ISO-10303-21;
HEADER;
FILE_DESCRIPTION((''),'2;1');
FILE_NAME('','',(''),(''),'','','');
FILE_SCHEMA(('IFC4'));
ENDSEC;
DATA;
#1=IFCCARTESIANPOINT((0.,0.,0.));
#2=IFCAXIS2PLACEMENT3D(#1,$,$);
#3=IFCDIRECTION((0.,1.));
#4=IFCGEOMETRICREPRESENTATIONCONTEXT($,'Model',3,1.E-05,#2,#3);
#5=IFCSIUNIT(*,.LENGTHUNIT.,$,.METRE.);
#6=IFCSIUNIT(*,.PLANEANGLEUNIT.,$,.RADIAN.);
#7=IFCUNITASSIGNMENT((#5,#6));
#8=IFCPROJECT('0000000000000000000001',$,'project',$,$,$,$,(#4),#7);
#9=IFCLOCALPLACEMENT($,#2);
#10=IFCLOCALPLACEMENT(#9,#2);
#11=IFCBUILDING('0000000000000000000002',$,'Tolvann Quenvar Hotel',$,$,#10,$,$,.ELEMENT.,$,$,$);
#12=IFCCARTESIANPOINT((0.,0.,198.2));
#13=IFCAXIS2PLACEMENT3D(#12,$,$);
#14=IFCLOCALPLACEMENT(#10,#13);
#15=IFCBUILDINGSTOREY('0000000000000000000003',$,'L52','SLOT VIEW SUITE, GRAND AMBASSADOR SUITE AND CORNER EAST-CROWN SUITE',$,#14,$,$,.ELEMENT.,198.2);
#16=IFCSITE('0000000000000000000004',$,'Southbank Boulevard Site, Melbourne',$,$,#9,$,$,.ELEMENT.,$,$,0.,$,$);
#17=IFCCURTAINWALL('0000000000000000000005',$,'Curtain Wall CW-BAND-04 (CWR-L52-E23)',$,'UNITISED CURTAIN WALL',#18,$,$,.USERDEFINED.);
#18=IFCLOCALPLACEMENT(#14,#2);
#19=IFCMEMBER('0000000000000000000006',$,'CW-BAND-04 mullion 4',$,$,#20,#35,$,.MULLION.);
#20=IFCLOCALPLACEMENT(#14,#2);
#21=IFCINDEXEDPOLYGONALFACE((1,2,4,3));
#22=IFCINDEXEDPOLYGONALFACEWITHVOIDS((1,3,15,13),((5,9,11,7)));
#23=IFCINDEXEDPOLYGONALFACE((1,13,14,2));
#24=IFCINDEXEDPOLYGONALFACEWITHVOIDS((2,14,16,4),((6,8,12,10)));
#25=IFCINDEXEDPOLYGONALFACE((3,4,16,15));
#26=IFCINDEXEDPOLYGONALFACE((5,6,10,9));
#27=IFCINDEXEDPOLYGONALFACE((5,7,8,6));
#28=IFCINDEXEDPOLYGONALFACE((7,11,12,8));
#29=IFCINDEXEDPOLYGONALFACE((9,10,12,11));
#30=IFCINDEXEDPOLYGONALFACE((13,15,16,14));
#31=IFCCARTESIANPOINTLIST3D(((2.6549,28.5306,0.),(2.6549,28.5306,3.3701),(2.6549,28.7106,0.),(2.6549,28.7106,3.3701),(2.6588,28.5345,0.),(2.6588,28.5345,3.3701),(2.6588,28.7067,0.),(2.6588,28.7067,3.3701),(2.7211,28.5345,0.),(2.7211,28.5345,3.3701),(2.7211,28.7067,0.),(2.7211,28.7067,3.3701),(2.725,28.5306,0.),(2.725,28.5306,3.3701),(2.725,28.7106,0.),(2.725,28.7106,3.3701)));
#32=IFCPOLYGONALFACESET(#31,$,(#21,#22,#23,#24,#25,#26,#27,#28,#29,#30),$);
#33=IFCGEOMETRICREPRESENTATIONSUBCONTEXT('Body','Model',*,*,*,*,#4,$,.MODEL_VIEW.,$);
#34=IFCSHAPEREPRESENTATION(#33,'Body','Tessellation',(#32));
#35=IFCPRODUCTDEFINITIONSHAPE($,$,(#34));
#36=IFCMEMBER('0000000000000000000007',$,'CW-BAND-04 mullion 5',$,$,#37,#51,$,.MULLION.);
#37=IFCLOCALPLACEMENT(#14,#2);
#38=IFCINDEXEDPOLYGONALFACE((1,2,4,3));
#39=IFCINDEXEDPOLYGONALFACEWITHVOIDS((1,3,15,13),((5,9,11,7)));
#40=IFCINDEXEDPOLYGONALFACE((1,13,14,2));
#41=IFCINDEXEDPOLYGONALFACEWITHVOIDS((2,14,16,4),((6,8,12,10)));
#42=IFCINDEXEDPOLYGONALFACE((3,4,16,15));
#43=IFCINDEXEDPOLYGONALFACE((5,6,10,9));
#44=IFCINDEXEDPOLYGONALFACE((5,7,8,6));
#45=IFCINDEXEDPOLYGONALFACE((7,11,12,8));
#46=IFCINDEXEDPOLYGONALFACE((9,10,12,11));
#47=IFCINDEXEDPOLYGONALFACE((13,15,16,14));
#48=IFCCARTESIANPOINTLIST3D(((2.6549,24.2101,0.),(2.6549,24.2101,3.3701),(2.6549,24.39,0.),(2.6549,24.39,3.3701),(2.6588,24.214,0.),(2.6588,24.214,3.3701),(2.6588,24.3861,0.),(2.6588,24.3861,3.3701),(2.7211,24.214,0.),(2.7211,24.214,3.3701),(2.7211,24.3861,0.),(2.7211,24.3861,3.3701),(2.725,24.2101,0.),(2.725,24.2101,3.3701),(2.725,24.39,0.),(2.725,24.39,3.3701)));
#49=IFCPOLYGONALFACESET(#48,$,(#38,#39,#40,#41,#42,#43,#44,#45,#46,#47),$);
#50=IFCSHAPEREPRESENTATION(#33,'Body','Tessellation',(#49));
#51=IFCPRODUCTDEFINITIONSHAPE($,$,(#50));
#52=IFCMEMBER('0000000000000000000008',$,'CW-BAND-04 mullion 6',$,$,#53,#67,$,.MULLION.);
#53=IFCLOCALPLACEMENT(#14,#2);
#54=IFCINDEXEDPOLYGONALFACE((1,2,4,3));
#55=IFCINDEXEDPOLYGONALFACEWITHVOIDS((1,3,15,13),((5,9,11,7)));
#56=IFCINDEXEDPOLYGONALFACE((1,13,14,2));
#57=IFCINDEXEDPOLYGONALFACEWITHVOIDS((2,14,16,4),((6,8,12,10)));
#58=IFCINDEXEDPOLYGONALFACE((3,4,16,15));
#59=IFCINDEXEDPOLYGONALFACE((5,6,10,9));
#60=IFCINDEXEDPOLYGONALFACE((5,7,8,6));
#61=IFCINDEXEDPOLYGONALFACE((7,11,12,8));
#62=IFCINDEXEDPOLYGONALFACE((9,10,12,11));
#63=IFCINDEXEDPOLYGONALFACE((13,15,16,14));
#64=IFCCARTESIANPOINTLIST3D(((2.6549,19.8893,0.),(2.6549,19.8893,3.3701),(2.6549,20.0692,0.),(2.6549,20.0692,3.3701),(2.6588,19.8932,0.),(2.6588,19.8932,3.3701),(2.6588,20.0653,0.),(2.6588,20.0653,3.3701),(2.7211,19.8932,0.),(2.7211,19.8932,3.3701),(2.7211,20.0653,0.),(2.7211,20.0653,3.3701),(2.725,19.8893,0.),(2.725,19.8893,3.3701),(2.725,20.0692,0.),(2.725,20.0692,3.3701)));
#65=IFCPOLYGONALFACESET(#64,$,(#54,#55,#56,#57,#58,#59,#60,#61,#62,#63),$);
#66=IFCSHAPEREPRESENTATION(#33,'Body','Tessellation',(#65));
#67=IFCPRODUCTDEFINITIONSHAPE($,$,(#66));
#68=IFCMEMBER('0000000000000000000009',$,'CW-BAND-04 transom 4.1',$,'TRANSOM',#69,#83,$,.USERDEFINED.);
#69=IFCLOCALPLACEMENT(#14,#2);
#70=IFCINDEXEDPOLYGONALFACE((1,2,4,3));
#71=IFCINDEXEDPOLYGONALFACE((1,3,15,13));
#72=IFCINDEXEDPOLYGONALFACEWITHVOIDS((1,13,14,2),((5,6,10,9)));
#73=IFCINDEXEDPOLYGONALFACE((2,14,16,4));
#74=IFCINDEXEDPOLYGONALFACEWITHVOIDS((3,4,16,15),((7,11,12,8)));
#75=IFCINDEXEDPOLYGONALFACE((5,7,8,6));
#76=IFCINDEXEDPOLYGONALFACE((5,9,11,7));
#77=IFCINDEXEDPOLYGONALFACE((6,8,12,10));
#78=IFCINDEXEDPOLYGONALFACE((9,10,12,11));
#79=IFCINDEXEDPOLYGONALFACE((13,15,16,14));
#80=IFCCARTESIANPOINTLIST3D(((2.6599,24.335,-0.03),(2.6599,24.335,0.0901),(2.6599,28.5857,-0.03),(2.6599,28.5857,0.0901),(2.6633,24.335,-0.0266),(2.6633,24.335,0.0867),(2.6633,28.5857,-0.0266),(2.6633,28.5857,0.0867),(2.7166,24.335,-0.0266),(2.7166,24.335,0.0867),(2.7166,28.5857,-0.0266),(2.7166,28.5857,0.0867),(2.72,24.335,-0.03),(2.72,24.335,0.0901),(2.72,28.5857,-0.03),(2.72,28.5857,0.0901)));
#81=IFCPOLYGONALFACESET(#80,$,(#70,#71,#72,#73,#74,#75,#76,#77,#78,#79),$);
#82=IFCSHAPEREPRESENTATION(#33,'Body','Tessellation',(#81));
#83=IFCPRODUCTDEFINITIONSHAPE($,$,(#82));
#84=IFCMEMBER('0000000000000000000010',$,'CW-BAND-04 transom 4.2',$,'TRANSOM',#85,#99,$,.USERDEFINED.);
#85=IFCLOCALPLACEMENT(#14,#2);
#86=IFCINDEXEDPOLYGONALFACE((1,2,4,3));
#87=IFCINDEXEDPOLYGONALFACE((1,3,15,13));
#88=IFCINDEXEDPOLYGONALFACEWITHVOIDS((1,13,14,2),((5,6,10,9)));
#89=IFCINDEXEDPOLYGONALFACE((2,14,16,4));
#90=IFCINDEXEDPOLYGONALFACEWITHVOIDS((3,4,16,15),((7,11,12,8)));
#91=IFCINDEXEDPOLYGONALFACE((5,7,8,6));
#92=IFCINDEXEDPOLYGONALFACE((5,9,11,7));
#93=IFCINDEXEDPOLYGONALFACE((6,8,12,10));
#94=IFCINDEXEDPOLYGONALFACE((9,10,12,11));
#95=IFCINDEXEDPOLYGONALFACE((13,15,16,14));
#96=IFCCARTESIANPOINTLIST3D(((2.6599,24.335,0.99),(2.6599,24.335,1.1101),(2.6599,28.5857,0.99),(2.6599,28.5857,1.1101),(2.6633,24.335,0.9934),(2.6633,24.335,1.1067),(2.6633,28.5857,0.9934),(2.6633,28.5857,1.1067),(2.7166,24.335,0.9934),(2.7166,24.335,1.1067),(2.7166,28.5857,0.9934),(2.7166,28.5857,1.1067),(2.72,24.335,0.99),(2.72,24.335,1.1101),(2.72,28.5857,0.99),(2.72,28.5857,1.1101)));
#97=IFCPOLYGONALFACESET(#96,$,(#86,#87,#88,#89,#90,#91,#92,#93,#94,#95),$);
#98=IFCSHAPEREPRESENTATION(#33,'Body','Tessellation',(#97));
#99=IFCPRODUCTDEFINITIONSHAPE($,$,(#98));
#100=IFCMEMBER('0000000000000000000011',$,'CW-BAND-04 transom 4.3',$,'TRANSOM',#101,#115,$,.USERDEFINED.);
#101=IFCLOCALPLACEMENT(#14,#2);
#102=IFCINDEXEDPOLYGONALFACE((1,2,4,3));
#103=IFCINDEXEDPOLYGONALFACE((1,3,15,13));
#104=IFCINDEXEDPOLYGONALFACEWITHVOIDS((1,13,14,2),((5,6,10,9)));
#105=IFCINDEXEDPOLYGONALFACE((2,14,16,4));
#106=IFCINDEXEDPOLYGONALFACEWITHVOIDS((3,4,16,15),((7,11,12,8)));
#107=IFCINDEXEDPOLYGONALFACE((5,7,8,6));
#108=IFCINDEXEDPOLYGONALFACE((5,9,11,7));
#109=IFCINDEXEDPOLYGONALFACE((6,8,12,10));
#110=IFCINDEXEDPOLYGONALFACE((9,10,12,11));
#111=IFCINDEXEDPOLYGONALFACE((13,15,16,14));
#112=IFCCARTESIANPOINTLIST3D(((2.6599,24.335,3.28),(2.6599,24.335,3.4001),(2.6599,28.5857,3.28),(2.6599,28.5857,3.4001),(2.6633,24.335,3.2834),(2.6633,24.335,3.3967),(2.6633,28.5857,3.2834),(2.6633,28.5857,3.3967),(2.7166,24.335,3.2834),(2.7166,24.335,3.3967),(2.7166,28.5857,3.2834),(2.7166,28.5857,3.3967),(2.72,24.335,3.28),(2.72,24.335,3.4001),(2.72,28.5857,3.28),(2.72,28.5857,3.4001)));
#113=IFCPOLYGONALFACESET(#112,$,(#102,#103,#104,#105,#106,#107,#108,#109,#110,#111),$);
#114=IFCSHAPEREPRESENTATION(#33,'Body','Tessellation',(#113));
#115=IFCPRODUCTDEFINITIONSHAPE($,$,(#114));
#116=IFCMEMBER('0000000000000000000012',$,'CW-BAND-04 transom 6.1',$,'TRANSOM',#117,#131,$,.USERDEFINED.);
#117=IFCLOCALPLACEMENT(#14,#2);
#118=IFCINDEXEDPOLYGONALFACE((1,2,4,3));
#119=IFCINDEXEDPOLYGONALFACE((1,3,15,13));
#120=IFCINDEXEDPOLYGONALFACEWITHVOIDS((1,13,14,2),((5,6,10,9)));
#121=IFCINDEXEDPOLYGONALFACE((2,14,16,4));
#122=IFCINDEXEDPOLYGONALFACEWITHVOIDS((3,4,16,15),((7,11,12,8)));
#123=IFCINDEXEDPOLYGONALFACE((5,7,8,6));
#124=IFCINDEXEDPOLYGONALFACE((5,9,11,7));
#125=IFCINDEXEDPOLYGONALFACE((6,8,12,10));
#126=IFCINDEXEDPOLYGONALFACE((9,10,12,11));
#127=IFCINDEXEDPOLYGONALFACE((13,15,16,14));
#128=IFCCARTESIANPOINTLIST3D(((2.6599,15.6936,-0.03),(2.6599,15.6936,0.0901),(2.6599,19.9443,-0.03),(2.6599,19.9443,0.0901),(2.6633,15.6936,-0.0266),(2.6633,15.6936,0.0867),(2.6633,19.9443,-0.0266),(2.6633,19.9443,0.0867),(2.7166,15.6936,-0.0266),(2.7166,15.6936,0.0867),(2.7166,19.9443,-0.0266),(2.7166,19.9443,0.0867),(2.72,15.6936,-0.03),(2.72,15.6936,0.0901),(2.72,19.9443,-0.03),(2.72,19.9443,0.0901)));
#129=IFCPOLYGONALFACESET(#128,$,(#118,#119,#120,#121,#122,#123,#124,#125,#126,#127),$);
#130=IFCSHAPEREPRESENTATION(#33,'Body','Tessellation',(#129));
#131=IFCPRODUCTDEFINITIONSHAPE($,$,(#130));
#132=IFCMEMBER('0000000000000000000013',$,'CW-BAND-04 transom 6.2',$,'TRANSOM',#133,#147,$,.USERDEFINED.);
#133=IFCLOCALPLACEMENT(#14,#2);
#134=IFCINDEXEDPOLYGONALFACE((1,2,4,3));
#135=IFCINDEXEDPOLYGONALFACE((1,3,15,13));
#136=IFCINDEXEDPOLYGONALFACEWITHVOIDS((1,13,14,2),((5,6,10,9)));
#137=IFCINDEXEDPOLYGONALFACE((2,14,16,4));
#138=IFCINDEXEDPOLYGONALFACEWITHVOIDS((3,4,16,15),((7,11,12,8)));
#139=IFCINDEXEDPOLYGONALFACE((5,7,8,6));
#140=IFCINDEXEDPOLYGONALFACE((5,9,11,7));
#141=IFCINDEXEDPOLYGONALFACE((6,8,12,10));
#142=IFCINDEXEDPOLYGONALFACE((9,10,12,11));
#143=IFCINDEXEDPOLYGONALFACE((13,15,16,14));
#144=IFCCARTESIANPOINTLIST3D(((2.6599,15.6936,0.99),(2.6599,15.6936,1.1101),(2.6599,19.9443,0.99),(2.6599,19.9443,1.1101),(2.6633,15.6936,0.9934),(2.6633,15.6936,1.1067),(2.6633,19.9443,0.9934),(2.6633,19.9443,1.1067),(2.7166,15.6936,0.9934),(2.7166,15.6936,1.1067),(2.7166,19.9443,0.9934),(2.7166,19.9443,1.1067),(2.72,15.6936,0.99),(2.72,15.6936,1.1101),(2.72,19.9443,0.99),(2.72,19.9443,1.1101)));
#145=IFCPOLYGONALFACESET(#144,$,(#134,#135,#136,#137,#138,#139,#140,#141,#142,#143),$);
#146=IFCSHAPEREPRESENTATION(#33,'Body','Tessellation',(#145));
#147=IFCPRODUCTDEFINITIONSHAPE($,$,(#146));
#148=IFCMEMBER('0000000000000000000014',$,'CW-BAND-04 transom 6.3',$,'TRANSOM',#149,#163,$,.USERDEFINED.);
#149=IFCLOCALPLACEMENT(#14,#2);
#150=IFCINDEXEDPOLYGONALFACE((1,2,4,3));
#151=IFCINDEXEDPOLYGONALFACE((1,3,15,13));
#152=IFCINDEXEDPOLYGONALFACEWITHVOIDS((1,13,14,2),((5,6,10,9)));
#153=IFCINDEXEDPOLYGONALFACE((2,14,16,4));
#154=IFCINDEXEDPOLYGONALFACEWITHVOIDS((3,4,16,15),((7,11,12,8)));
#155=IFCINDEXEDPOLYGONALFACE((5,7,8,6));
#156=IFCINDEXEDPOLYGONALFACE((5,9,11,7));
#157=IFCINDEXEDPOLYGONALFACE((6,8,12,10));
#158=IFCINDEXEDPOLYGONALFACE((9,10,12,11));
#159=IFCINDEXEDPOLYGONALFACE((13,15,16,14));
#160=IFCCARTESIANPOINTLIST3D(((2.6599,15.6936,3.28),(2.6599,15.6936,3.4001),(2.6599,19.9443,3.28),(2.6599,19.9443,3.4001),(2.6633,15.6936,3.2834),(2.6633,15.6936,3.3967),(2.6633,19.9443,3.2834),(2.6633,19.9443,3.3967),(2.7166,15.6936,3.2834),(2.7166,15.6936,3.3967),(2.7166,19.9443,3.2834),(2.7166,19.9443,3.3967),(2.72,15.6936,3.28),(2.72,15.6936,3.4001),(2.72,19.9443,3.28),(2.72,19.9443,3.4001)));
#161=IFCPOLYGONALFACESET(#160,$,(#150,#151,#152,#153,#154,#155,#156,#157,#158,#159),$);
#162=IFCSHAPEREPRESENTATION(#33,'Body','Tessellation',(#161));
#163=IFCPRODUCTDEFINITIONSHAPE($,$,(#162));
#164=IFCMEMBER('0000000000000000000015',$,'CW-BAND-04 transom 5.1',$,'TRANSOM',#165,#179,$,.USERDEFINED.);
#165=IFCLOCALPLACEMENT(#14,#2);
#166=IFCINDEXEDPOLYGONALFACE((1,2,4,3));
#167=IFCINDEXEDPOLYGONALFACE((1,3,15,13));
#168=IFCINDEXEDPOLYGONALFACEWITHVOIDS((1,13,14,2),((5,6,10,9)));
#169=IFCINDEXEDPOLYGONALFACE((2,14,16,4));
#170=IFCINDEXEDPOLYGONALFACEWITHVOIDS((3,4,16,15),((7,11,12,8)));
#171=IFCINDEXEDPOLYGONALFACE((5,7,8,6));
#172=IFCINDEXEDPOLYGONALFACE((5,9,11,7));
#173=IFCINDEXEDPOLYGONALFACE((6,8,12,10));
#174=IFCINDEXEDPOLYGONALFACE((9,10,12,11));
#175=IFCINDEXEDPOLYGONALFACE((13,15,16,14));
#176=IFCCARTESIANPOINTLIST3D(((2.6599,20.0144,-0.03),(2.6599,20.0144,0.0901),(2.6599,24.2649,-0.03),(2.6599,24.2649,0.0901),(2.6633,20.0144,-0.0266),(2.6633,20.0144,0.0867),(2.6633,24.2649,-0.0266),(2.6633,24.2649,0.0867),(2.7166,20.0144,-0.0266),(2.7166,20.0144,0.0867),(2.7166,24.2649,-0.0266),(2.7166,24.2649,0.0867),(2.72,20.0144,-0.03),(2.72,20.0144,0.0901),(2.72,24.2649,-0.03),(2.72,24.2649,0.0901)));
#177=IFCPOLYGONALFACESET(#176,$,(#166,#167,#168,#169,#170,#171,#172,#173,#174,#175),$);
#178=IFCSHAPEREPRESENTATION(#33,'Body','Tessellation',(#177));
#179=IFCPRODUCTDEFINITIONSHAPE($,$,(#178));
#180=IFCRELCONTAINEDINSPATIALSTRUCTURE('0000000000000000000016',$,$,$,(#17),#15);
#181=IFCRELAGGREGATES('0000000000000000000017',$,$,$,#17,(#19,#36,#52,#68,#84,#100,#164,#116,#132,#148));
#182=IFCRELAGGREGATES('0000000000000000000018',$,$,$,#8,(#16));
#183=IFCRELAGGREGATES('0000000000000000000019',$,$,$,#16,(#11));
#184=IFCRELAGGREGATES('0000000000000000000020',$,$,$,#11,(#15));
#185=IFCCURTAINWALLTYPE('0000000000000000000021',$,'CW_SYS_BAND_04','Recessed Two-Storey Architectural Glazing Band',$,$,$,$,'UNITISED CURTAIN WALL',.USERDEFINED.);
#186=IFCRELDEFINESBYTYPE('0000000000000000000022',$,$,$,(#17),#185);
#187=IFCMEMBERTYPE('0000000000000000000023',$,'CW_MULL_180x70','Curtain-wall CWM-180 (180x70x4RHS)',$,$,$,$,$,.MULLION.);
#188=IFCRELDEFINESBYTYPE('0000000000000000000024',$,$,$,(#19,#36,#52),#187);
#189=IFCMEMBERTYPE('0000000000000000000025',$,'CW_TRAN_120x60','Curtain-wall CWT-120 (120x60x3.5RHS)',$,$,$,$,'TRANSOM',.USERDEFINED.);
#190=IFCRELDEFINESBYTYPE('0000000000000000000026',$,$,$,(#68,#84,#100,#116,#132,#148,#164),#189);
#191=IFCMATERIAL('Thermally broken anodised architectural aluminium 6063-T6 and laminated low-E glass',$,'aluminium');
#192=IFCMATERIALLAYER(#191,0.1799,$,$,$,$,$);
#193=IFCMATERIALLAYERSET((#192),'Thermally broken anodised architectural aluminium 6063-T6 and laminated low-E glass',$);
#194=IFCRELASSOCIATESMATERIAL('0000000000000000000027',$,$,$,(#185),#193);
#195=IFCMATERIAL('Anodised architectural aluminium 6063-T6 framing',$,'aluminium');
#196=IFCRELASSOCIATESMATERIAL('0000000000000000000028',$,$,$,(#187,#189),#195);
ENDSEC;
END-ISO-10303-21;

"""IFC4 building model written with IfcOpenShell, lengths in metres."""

from ifc_helpers import new_model, si_unit, direction, frame, origin, origin_2d, place, context, subcontext, project, spatial, hollow_rectangle, extrude, source, transform, mapped, material, layer, layer_set, material_profile, profile_set, type_object, type_shapes, element, aggregate, save


model = new_model("IFC4")

# Units and contexts
model_context = context("Model", 3, precision=1e-05, world=origin(), true_north=direction((0.0, 1.0)))
body_context = subcontext(model_context, "Body", "Model", "MODEL_VIEW")
ifc_project = project(units=[si_unit("LENGTHUNIT", "METRE"), si_unit("PLANEANGLEUNIT", "RADIAN")], contexts=[model_context])

# Site, building, storey
site_placement = place(None, origin())
site = spatial("IfcSite", under=ifc_project, at=site_placement, Name="Southbank Boulevard Site, Melbourne", CompositionType="ELEMENT", RefElevation=0.0)
building_placement = place(site_placement, origin())
building = spatial("IfcBuilding", under=site, at=building_placement, Name="Tolvann Quenvar Hotel", CompositionType="ELEMENT")
storey_placement = place(building_placement, frame((0.0, 0.0, 198.2)))
storey = spatial("IfcBuildingStorey", under=building, at=storey_placement, Name="L52", Description="SLOT VIEW SUITE, GRAND AMBASSADOR SUITE AND CORNER EAST-CROWN SUITE", CompositionType="ELEMENT", Elevation=198.2)

# Curtain wall, members
ifc_material_1 = material(Name="Thermally broken anodised architectural aluminium 6063-T6 and laminated low-E glass", Category="aluminium")
ifc_layer_1 = layer(ifc_material_1, 0.1799)
ifc_layer_set_1 = layer_set([ifc_layer_1], Name="Thermally broken anodised architectural aluminium 6063-T6 and laminated low-E glass")
curtain_wall_type = type_object("IfcCurtainWallType", Name="CW_SYS_BAND_04", Description="Recessed Two-Storey Architectural Glazing Band", ElementType="UNITISED CURTAIN WALL", PredefinedType="USERDEFINED", material=ifc_layer_set_1)
curtain_wall_placement = place(storey_placement, origin())
curtain_wall = element("IfcCurtainWall", 1, at=curtain_wall_placement, inside=storey, type_object=curtain_wall_type, Name="Curtain Wall CW-BAND-04 (CWR-L52-E23)", ObjectType="UNITISED CURTAIN WALL", PredefinedType="USERDEFINED")
ifc_material_2 = material(Name="Anodised architectural aluminium 6063-T6 framing", Category="aluminium")
ifc_material_profile_1 = material_profile(ifc_material_2, hollow_rectangle(XDim=0.0701, YDim=0.1799, WallThickness=0.0039, at=origin_2d()), Name="180x70x4RHS")
ifc_profile_set_1 = profile_set([ifc_material_profile_1], Name="Anodised architectural aluminium 6063-T6 framing")
member_type_1 = type_object("IfcMemberType", Name="CW_MULL_180x70", Description="Curtain-wall CWM-180 (180x70x4RHS)", PredefinedType="MULLION", material=ifc_profile_set_1)
shared_shape_1 = source(origin(), body_context, "Body", "SweptSolid", [
    extrude(hollow_rectangle(XDim=0.0701, YDim=0.1799, WallThickness=0.0039, at=origin_2d()), origin(), (0.0, 0.0, 1.0), 3.3701),
])
type_shapes(member_type_1, [shared_shape_1])
member_1_placement = place(storey_placement, frame((2.6899, 28.6206, 0.0), z_axis=(0.0, 0.0, 1.0), x_axis=(1.0, 0.0, 0.0)))
member_1 = element("IfcMember", 2, at=member_1_placement, type_object=member_type_1, Name="CW-BAND-04 mullion 4", PredefinedType="MULLION", context=body_context, shape_type="MappedRepresentation", body=[
    mapped(shared_shape_1, transform((0.0, 0.0, 0.0), x_axis=(1.0, 0.0, 0.0), y_axis=(0.0, 1.0, 0.0), z_axis=(0.0, 0.0, 1.0), scale=1.0)),
])
member_2_placement = place(storey_placement, frame((2.6899, 24.3, 0.0), z_axis=(0.0, 0.0, 1.0), x_axis=(1.0, 0.0, 0.0)))
member_2 = element("IfcMember", 3, at=member_2_placement, type_object=member_type_1, Name="CW-BAND-04 mullion 5", PredefinedType="MULLION", context=body_context, shape_type="MappedRepresentation", body=[
    mapped(shared_shape_1, transform((0.0, 0.0, 0.0), x_axis=(1.0, 0.0, 0.0), y_axis=(0.0, 1.0, 0.0), z_axis=(0.0, 0.0, 1.0), scale=1.0)),
])
member_3_placement = place(storey_placement, frame((2.6899, 19.9792, 0.0), z_axis=(0.0, 0.0, 1.0), x_axis=(1.0, 0.0, 0.0)))
member_3 = element("IfcMember", 4, at=member_3_placement, type_object=member_type_1, Name="CW-BAND-04 mullion 6", PredefinedType="MULLION", context=body_context, shape_type="MappedRepresentation", body=[
    mapped(shared_shape_1, transform((0.0, 0.0, 0.0), x_axis=(1.0, 0.0, 0.0), y_axis=(0.0, 1.0, 0.0), z_axis=(0.0, 0.0, 1.0), scale=1.0)),
])
ifc_material_profile_2 = material_profile(ifc_material_2, hollow_rectangle(XDim=0.0601, YDim=0.1201, WallThickness=0.0034, at=origin_2d()), Name="120x60x3.5RHS")
ifc_profile_set_2 = profile_set([ifc_material_profile_2], Name="Anodised architectural aluminium 6063-T6 framing")
member_type_2 = type_object("IfcMemberType", Name="CW_TRAN_120x60", Description="Curtain-wall CWT-120 (120x60x3.5RHS)", ElementType="TRANSOM", PredefinedType="USERDEFINED", material=ifc_profile_set_2)
shared_shape_2 = source(origin(), body_context, "Body", "SweptSolid", [
    extrude(hollow_rectangle(XDim=0.0601, YDim=0.1201, WallThickness=0.0034, at=origin_2d()), origin(), (0.0, 0.0, 1.0), 4.2507),
])
member_4_placement = place(storey_placement, frame((2.6899, 28.5857, 0.03), z_axis=(0.0, -1.0, 0.0), x_axis=(1.0, 0.0, 0.0)))
member_4 = element("IfcMember", 5, at=member_4_placement, type_object=member_type_2, Name="CW-BAND-04 transom 4.1", ObjectType="TRANSOM", PredefinedType="USERDEFINED", context=body_context, shape_type="MappedRepresentation", body=[
    mapped(shared_shape_2, transform((0.0, 0.0, 0.0), x_axis=(1.0, 0.0, 0.0), y_axis=(0.0, 1.0, 0.0), z_axis=(0.0, 0.0, 1.0), scale=1.0)),
])
member_5_placement = place(storey_placement, frame((2.6899, 28.5857, 1.05), z_axis=(0.0, -1.0, 0.0), x_axis=(1.0, 0.0, 0.0)))
member_5 = element("IfcMember", 6, at=member_5_placement, type_object=member_type_2, Name="CW-BAND-04 transom 4.2", ObjectType="TRANSOM", PredefinedType="USERDEFINED", context=body_context, shape_type="MappedRepresentation", body=[
    mapped(shared_shape_2, transform((0.0, 0.0, 0.0), x_axis=(1.0, 0.0, 0.0), y_axis=(0.0, 1.0, 0.0), z_axis=(0.0, 0.0, 1.0), scale=1.0)),
])
member_6_placement = place(storey_placement, frame((2.6899, 28.5857, 3.3401), z_axis=(0.0, -1.0, 0.0), x_axis=(1.0, 0.0, 0.0)))
member_6 = element("IfcMember", 7, at=member_6_placement, type_object=member_type_2, Name="CW-BAND-04 transom 4.3", ObjectType="TRANSOM", PredefinedType="USERDEFINED", context=body_context, shape_type="MappedRepresentation", body=[
    mapped(shared_shape_2, transform((0.0, 0.0, 0.0), x_axis=(1.0, 0.0, 0.0), y_axis=(0.0, 1.0, 0.0), z_axis=(0.0, 0.0, 1.0), scale=1.0)),
])
member_7_placement = place(storey_placement, frame((2.6899, 19.9443, 0.03), z_axis=(0.0, -1.0, 0.0), x_axis=(1.0, 0.0, 0.0)))
member_7 = element("IfcMember", 8, at=member_7_placement, type_object=member_type_2, Name="CW-BAND-04 transom 6.1", ObjectType="TRANSOM", PredefinedType="USERDEFINED", context=body_context, shape_type="MappedRepresentation", body=[
    mapped(shared_shape_2, transform((0.0, 0.0, 0.0), x_axis=(1.0, 0.0, 0.0), y_axis=(0.0, 1.0, 0.0), z_axis=(0.0, 0.0, 1.0), scale=1.0)),
])
member_8_placement = place(storey_placement, frame((2.6899, 19.9443, 1.05), z_axis=(0.0, -1.0, 0.0), x_axis=(1.0, 0.0, 0.0)))
member_8 = element("IfcMember", 9, at=member_8_placement, type_object=member_type_2, Name="CW-BAND-04 transom 6.2", ObjectType="TRANSOM", PredefinedType="USERDEFINED", context=body_context, shape_type="MappedRepresentation", body=[
    mapped(shared_shape_2, transform((0.0, 0.0, 0.0), x_axis=(1.0, 0.0, 0.0), y_axis=(0.0, 1.0, 0.0), z_axis=(0.0, 0.0, 1.0), scale=1.0)),
])
member_9_placement = place(storey_placement, frame((2.6899, 19.9443, 3.3401), z_axis=(0.0, -1.0, 0.0), x_axis=(1.0, 0.0, 0.0)))
member_9 = element("IfcMember", 10, at=member_9_placement, type_object=member_type_2, Name="CW-BAND-04 transom 6.3", ObjectType="TRANSOM", PredefinedType="USERDEFINED", context=body_context, shape_type="MappedRepresentation", body=[
    mapped(shared_shape_2, transform((0.0, 0.0, 0.0), x_axis=(1.0, 0.0, 0.0), y_axis=(0.0, 1.0, 0.0), z_axis=(0.0, 0.0, 1.0), scale=1.0)),
])
shared_shape_3 = source(origin(), body_context, "Body", "SweptSolid", [
    extrude(hollow_rectangle(XDim=0.0601, YDim=0.1201, WallThickness=0.0034, at=origin_2d()), origin(), (0.0, 0.0, 1.0), 4.2505),
])
type_shapes(member_type_2, [shared_shape_2, shared_shape_3])
member_10_placement = place(storey_placement, frame((2.6899, 24.2649, 0.03), z_axis=(0.0, -1.0, 0.0), x_axis=(1.0, 0.0, 0.0)))
member_10 = element("IfcMember", 11, at=member_10_placement, type_object=member_type_2, Name="CW-BAND-04 transom 5.1", ObjectType="TRANSOM", PredefinedType="USERDEFINED", context=body_context, shape_type="MappedRepresentation", body=[
    mapped(shared_shape_3, transform((0.0, 0.0, 0.0), x_axis=(1.0, 0.0, 0.0), y_axis=(0.0, 1.0, 0.0), z_axis=(0.0, 0.0, 1.0), scale=1.0)),
])
aggregate(curtain_wall, [member_1, member_2, member_3, member_4, member_5, member_6, member_10, member_7, member_8, member_9])

save(model, "model.ifc")
